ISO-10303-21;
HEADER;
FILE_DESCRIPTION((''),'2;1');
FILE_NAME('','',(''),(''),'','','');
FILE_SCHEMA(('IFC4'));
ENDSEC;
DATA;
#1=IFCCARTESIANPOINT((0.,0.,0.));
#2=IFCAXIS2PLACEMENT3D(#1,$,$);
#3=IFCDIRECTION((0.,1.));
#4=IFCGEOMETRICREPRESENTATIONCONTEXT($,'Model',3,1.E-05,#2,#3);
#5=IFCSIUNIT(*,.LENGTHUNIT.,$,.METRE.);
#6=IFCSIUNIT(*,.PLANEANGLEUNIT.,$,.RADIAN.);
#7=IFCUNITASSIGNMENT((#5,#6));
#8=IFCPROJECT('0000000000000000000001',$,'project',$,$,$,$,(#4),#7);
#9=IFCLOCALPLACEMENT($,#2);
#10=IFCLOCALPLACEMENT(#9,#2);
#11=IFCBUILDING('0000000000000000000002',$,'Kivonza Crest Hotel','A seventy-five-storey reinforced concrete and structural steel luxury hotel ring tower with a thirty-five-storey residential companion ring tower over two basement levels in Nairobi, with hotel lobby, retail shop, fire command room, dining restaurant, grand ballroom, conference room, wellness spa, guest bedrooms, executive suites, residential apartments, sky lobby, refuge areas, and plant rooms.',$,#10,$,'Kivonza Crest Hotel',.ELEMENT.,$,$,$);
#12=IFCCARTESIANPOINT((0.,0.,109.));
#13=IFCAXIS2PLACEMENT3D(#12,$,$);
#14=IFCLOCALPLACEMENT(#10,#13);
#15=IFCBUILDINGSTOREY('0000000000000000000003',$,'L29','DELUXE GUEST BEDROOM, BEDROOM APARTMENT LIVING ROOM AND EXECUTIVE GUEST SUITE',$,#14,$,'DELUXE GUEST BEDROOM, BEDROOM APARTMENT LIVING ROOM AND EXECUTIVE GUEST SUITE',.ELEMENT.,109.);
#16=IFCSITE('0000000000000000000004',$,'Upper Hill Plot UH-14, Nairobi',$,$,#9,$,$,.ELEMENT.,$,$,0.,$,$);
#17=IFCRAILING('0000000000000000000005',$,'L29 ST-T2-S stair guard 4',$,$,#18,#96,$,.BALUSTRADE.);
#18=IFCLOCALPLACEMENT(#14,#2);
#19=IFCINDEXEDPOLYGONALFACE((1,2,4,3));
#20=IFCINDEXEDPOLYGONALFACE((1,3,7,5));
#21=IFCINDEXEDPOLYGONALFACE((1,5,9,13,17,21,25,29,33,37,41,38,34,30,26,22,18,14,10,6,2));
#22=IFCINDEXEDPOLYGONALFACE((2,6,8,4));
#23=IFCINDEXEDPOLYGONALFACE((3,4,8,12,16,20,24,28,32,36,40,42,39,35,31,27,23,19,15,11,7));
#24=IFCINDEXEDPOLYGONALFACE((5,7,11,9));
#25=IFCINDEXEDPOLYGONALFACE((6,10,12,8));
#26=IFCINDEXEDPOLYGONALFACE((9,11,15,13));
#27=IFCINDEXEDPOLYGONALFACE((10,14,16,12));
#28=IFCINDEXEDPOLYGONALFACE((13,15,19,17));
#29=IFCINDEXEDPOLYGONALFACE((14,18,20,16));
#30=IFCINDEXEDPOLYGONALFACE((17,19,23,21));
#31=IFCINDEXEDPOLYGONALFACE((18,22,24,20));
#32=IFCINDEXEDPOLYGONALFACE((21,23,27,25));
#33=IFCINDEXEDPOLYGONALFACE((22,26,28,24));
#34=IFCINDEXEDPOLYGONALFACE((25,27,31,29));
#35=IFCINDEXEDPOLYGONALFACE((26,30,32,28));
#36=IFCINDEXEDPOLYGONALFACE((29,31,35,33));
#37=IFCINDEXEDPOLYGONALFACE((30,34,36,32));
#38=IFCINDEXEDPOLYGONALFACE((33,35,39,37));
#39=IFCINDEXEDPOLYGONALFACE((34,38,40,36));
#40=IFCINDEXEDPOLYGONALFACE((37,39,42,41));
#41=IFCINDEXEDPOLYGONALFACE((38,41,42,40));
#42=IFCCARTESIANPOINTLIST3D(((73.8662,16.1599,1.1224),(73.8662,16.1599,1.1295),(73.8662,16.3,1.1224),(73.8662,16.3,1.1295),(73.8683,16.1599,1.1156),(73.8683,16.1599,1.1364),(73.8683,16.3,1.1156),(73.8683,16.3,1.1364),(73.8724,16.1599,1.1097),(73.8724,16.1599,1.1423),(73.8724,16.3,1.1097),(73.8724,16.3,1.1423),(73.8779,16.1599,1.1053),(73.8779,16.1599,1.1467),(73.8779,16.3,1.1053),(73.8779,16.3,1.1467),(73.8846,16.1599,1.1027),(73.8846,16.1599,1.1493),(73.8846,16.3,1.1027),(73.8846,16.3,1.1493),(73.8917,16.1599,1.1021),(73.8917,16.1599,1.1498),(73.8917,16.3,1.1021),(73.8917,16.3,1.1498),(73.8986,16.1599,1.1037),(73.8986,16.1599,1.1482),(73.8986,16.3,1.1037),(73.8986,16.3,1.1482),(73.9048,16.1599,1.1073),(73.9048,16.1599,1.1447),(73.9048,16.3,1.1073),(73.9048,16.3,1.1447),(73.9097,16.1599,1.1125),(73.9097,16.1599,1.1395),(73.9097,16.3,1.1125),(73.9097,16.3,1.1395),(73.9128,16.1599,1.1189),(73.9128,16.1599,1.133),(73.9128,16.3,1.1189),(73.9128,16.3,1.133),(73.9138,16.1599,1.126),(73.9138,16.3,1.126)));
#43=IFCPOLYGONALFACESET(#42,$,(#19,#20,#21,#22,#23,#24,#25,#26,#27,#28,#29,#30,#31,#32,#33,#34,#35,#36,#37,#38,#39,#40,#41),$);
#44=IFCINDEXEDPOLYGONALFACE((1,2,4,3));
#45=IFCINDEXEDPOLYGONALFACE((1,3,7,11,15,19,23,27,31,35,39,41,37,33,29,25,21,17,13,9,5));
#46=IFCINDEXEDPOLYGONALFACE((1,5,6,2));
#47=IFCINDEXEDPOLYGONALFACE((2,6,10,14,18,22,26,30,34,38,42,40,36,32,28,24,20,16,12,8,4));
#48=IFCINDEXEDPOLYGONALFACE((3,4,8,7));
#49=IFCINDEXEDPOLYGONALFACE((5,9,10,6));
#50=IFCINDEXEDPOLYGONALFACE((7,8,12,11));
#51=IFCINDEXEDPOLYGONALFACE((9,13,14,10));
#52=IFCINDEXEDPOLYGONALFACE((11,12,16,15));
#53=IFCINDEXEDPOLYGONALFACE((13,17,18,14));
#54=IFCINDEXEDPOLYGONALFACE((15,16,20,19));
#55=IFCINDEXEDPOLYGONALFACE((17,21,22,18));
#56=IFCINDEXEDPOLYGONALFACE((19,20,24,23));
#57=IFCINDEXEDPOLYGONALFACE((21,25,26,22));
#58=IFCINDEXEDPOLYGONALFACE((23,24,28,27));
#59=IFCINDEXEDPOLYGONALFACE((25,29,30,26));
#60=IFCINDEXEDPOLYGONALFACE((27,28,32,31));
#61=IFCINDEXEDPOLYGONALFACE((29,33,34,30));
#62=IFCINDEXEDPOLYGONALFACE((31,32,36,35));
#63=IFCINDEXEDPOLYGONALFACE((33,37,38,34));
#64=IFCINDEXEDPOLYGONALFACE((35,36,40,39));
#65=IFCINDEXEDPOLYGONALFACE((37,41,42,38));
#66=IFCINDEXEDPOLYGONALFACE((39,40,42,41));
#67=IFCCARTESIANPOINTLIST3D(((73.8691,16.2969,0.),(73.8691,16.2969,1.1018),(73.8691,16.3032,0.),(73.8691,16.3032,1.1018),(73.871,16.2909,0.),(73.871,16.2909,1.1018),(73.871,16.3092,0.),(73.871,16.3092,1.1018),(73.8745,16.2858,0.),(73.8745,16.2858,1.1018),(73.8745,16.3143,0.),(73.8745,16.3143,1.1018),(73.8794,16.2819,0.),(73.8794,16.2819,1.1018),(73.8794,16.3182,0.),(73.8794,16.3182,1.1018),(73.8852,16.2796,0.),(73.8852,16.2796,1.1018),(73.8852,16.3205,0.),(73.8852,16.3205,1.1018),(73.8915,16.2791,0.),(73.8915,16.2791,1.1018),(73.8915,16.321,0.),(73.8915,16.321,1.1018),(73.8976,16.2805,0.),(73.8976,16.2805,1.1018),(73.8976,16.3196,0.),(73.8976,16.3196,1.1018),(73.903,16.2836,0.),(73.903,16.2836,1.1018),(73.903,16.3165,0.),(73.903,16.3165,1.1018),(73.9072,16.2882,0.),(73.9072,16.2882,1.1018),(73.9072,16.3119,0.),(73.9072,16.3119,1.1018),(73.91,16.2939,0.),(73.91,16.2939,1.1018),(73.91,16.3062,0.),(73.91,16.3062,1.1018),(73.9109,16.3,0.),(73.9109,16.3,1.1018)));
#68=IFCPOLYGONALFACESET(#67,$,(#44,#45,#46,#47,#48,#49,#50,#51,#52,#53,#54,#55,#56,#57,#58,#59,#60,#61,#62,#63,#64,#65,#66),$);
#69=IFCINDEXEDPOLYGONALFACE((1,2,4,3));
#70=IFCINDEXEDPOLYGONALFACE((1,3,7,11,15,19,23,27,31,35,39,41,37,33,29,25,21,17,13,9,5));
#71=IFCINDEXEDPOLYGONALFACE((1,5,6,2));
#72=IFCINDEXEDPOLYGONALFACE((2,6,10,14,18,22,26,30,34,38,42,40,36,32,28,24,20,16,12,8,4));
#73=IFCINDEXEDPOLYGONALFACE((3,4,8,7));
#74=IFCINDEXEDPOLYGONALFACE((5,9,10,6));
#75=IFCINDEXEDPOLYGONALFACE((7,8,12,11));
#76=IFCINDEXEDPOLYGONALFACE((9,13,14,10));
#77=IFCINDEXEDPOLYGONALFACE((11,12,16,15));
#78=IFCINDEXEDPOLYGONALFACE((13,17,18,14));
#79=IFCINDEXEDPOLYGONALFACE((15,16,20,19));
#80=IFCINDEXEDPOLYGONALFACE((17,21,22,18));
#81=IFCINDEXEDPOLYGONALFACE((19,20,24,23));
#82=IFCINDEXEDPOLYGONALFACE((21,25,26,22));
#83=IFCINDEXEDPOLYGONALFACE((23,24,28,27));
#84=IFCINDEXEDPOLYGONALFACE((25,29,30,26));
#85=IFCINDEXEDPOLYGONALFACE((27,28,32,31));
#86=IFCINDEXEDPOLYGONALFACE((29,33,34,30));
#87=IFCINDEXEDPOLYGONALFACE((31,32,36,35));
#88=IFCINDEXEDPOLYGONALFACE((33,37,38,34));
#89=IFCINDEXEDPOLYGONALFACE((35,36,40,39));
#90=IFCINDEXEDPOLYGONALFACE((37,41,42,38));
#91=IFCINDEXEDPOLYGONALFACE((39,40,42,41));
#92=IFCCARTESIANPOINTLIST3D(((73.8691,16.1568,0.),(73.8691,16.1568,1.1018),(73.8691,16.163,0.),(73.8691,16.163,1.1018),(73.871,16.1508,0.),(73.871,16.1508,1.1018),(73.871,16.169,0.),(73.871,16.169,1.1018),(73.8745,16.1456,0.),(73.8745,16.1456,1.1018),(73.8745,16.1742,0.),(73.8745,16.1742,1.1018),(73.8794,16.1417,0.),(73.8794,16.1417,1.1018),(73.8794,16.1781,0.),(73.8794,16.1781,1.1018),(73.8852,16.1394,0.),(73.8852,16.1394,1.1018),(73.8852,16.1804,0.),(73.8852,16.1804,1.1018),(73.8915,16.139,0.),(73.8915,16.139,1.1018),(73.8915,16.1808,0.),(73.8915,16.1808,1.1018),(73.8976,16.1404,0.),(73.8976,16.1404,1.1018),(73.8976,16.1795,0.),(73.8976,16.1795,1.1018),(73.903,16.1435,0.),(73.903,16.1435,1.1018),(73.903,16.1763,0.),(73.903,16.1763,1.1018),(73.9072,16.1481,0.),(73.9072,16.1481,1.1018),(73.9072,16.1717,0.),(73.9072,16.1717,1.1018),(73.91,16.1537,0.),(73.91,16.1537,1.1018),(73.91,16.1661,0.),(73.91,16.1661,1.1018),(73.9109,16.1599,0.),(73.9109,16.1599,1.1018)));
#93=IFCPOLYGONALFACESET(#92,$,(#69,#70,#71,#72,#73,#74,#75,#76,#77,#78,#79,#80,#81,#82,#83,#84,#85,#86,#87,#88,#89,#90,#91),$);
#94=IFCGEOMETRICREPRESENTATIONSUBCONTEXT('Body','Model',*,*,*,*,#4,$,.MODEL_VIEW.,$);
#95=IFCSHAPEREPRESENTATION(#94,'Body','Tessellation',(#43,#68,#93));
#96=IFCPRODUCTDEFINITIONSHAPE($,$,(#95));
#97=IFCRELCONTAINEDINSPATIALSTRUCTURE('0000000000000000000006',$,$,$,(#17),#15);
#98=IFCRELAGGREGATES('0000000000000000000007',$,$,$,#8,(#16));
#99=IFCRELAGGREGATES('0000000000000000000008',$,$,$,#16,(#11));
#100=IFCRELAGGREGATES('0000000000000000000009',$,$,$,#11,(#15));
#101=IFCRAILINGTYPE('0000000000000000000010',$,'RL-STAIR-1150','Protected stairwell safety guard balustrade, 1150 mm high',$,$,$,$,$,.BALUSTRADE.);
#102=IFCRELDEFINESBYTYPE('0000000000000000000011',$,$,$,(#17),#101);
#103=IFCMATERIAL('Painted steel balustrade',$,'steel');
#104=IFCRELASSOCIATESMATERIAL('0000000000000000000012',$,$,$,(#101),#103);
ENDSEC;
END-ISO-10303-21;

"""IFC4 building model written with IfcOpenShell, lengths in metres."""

from ifc_helpers import new_model, si_unit, direction, frame, origin, origin_2d, place, context, subcontext, project, spatial, circle, extrude, material, type_object, element, save


model = new_model("IFC4")

# Units and contexts
model_context = context("Model", 3, precision=1e-05, world=origin(), true_north=direction((0.0, 1.0)))
body_context = subcontext(model_context, "Body", "Model", "MODEL_VIEW")
ifc_project = project(units=[si_unit("LENGTHUNIT", "METRE"), si_unit("PLANEANGLEUNIT", "RADIAN")], contexts=[model_context])

# Site, building, storey
site_placement = place(None, origin())
site = spatial("IfcSite", under=ifc_project, at=site_placement, Name="Upper Hill Plot UH-14, Nairobi", CompositionType="ELEMENT", RefElevation=0.0)
building_placement = place(site_placement, origin())
building = spatial("IfcBuilding", under=site, at=building_placement, Name="Kivonza Crest Hotel", Description="A seventy-five-storey reinforced concrete and structural steel luxury hotel ring tower with a thirty-five-storey residential companion ring tower over two basement levels in Nairobi, with hotel lobby, retail shop, fire command room, dining restaurant, grand ballroom, conference room, wellness spa, guest bedrooms, executive suites, residential apartments, sky lobby, refuge areas, and plant rooms.", LongName="Kivonza Crest Hotel", CompositionType="ELEMENT")
storey_placement = place(building_placement, frame((0.0, 0.0, 109.0)))
storey = spatial("IfcBuildingStorey", under=building, at=storey_placement, Name="L29", Description="DELUXE GUEST BEDROOM, BEDROOM APARTMENT LIVING ROOM AND EXECUTIVE GUEST SUITE", LongName="DELUXE GUEST BEDROOM, BEDROOM APARTMENT LIVING ROOM AND EXECUTIVE GUEST SUITE", CompositionType="ELEMENT", Elevation=109.0)

# Railing
ifc_material_1 = material(Name="Painted steel balustrade", Category="steel")
railing_type_1 = type_object("IfcRailingType", Name="RL-STAIR-1150", Description="Protected stairwell safety guard balustrade, 1150 mm high", PredefinedType="BALUSTRADE", material=ifc_material_1)
railing_1_placement = place(storey_placement, frame((73.8899, 16.3, 0.0)))
element("IfcRailing", 1, at=railing_1_placement, inside=storey, type_object=railing_type_1, Name="L29 ST-T2-S stair guard 4", PredefinedType="BALUSTRADE", context=body_context, shape_type="SweptSolid", body=[
    extrude(circle(Radius=0.0239, at=origin_2d()), frame((0.0, 0.0, 1.126), z_axis=(0.0, -1.0, 0.0), x_axis=(1.0, 0.0, 0.0)), (0.0, 0.0, 1.0), 0.1401),
    extrude(circle(Radius=0.021, at=origin_2d()), origin(), (0.0, 0.0, 1.0), 1.1018),
    extrude(circle(Radius=0.021, at=origin_2d()), frame((0.0, -0.1401, 0.0)), (0.0, 0.0, 1.0), 1.1018),
])

save(model, "model.ifc")
